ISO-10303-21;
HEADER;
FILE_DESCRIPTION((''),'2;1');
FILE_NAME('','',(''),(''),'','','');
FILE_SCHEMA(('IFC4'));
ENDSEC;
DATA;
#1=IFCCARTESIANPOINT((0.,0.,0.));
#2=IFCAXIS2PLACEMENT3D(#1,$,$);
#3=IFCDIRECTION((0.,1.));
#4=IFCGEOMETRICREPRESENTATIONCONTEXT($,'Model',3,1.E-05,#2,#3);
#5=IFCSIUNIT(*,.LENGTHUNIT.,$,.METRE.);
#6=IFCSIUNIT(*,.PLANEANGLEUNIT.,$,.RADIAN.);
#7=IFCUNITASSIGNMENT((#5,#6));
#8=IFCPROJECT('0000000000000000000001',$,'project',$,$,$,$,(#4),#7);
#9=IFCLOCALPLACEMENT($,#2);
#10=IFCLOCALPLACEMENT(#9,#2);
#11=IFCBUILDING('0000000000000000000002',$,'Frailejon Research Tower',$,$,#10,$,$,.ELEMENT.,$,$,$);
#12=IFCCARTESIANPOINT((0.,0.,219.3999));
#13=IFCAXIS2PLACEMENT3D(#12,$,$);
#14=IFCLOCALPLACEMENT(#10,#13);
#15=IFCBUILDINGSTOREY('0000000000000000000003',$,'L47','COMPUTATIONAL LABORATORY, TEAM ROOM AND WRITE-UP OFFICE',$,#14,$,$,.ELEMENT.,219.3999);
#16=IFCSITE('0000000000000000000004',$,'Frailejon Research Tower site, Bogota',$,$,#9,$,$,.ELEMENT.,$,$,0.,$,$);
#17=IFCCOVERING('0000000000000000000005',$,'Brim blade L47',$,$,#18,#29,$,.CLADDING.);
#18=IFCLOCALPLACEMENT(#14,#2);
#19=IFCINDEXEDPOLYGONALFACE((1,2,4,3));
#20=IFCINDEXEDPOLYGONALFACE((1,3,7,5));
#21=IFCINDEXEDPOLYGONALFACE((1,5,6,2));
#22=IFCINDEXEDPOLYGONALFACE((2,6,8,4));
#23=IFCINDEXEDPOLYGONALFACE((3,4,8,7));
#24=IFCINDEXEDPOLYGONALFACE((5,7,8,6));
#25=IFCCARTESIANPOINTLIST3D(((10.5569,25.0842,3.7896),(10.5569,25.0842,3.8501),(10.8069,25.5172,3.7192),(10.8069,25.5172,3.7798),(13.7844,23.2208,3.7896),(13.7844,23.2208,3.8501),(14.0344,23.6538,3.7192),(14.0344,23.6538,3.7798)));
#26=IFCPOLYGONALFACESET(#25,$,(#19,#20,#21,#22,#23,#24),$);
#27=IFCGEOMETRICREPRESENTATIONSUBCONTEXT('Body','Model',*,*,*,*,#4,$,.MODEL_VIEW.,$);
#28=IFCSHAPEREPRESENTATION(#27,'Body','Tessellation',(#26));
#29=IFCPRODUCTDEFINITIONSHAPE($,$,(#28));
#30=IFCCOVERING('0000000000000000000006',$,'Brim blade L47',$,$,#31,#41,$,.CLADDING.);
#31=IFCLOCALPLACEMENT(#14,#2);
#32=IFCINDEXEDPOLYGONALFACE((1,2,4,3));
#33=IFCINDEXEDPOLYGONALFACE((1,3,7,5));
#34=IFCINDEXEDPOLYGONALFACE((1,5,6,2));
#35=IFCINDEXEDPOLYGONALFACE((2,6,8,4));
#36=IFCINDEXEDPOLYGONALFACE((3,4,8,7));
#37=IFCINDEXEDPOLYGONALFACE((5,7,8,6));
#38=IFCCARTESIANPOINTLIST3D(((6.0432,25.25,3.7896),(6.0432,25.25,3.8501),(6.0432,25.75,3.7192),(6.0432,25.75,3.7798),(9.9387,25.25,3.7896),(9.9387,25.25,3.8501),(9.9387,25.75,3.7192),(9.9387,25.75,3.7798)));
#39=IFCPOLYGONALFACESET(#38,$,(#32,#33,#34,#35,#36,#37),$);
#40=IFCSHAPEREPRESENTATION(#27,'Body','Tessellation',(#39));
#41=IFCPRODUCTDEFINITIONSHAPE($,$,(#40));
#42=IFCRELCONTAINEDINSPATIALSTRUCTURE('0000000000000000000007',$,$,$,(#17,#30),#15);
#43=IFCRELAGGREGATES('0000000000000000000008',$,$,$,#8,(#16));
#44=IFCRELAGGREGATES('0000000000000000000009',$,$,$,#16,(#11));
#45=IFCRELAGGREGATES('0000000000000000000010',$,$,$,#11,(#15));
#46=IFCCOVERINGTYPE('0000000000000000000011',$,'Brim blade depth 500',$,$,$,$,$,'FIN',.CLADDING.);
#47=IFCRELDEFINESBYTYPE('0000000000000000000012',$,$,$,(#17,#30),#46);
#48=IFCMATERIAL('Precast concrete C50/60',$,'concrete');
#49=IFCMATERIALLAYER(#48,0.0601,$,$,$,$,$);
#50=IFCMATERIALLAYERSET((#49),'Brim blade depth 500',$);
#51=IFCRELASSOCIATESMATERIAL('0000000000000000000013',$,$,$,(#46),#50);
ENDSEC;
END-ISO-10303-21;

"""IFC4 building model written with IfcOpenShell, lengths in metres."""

from ifc_helpers import new_model, si_unit, direction, frame, origin, place, context, subcontext, project, spatial, polyline, outline, extrude, material, layer, layer_set, type_object, element, save


model = new_model("IFC4")

# Units and contexts
model_context = context("Model", 3, precision=1e-05, world=origin(), true_north=direction((0.0, 1.0)))
body_context = subcontext(model_context, "Body", "Model", "MODEL_VIEW")
ifc_project = project(units=[si_unit("LENGTHUNIT", "METRE"), si_unit("PLANEANGLEUNIT", "RADIAN")], contexts=[model_context])

# Site, building, storey
site_placement = place(None, origin())
site = spatial("IfcSite", under=ifc_project, at=site_placement, Name="Frailejon Research Tower site, Bogota", CompositionType="ELEMENT", RefElevation=0.0)
building_placement = place(site_placement, origin())
building = spatial("IfcBuilding", under=site, at=building_placement, Name="Frailejon Research Tower", CompositionType="ELEMENT")
storey_placement = place(building_placement, frame((0.0, 0.0, 219.3999)))
storey = spatial("IfcBuildingStorey", under=building, at=storey_placement, Name="L47", Description="COMPUTATIONAL LABORATORY, TEAM ROOM AND WRITE-UP OFFICE", CompositionType="ELEMENT", Elevation=219.3999)

# Coverings
ifc_material_1 = material(Name="Precast concrete C50/60", Category="concrete")
ifc_layer_1 = layer(ifc_material_1, 0.0601)
ifc_layer_set_1 = layer_set([ifc_layer_1], Name="Brim blade depth 500")
covering_type_1 = type_object("IfcCoveringType", Name="Brim blade depth 500", ElementType="FIN", PredefinedType="CLADDING", material=ifc_layer_set_1)
covering_1_placement = place(storey_placement, frame((10.5569, 25.0842, 3.8501), z_axis=(0.866025, -0.500001, 0.0), x_axis=(0.500001, 0.866025, 0.0)))
element("IfcCovering", 1, at=covering_1_placement, inside=storey, type_object=covering_type_1, Name="Brim blade L47", PredefinedType="CLADDING", context=body_context, shape_type="SweptSolid", body=[
    extrude(outline(polyline([(0.0, -0.0605), (0.5, -0.1309), (0.5, -0.0703), (0.0, 0.0), (0.0, -0.0605)])), origin(), (0.0, 0.0, 1.0), 3.7268),
])
covering_2_placement = place(storey_placement, frame((6.0432, 25.25, 3.8501), z_axis=(1.0, 0.0, 0.0), x_axis=(0.0, 1.0, 0.0)))
element("IfcCovering", 2, at=covering_2_placement, inside=storey, type_object=covering_type_1, Name="Brim blade L47", PredefinedType="CLADDING", context=body_context, shape_type="SweptSolid", body=[
    extrude(outline(polyline([(0.0, -0.0605), (0.5, -0.1309), (0.5, -0.0703), (0.0, 0.0), (0.0, -0.0605)])), origin(), (0.0, 0.0, 1.0), 3.8955),
])

save(model, "model.ifc")
